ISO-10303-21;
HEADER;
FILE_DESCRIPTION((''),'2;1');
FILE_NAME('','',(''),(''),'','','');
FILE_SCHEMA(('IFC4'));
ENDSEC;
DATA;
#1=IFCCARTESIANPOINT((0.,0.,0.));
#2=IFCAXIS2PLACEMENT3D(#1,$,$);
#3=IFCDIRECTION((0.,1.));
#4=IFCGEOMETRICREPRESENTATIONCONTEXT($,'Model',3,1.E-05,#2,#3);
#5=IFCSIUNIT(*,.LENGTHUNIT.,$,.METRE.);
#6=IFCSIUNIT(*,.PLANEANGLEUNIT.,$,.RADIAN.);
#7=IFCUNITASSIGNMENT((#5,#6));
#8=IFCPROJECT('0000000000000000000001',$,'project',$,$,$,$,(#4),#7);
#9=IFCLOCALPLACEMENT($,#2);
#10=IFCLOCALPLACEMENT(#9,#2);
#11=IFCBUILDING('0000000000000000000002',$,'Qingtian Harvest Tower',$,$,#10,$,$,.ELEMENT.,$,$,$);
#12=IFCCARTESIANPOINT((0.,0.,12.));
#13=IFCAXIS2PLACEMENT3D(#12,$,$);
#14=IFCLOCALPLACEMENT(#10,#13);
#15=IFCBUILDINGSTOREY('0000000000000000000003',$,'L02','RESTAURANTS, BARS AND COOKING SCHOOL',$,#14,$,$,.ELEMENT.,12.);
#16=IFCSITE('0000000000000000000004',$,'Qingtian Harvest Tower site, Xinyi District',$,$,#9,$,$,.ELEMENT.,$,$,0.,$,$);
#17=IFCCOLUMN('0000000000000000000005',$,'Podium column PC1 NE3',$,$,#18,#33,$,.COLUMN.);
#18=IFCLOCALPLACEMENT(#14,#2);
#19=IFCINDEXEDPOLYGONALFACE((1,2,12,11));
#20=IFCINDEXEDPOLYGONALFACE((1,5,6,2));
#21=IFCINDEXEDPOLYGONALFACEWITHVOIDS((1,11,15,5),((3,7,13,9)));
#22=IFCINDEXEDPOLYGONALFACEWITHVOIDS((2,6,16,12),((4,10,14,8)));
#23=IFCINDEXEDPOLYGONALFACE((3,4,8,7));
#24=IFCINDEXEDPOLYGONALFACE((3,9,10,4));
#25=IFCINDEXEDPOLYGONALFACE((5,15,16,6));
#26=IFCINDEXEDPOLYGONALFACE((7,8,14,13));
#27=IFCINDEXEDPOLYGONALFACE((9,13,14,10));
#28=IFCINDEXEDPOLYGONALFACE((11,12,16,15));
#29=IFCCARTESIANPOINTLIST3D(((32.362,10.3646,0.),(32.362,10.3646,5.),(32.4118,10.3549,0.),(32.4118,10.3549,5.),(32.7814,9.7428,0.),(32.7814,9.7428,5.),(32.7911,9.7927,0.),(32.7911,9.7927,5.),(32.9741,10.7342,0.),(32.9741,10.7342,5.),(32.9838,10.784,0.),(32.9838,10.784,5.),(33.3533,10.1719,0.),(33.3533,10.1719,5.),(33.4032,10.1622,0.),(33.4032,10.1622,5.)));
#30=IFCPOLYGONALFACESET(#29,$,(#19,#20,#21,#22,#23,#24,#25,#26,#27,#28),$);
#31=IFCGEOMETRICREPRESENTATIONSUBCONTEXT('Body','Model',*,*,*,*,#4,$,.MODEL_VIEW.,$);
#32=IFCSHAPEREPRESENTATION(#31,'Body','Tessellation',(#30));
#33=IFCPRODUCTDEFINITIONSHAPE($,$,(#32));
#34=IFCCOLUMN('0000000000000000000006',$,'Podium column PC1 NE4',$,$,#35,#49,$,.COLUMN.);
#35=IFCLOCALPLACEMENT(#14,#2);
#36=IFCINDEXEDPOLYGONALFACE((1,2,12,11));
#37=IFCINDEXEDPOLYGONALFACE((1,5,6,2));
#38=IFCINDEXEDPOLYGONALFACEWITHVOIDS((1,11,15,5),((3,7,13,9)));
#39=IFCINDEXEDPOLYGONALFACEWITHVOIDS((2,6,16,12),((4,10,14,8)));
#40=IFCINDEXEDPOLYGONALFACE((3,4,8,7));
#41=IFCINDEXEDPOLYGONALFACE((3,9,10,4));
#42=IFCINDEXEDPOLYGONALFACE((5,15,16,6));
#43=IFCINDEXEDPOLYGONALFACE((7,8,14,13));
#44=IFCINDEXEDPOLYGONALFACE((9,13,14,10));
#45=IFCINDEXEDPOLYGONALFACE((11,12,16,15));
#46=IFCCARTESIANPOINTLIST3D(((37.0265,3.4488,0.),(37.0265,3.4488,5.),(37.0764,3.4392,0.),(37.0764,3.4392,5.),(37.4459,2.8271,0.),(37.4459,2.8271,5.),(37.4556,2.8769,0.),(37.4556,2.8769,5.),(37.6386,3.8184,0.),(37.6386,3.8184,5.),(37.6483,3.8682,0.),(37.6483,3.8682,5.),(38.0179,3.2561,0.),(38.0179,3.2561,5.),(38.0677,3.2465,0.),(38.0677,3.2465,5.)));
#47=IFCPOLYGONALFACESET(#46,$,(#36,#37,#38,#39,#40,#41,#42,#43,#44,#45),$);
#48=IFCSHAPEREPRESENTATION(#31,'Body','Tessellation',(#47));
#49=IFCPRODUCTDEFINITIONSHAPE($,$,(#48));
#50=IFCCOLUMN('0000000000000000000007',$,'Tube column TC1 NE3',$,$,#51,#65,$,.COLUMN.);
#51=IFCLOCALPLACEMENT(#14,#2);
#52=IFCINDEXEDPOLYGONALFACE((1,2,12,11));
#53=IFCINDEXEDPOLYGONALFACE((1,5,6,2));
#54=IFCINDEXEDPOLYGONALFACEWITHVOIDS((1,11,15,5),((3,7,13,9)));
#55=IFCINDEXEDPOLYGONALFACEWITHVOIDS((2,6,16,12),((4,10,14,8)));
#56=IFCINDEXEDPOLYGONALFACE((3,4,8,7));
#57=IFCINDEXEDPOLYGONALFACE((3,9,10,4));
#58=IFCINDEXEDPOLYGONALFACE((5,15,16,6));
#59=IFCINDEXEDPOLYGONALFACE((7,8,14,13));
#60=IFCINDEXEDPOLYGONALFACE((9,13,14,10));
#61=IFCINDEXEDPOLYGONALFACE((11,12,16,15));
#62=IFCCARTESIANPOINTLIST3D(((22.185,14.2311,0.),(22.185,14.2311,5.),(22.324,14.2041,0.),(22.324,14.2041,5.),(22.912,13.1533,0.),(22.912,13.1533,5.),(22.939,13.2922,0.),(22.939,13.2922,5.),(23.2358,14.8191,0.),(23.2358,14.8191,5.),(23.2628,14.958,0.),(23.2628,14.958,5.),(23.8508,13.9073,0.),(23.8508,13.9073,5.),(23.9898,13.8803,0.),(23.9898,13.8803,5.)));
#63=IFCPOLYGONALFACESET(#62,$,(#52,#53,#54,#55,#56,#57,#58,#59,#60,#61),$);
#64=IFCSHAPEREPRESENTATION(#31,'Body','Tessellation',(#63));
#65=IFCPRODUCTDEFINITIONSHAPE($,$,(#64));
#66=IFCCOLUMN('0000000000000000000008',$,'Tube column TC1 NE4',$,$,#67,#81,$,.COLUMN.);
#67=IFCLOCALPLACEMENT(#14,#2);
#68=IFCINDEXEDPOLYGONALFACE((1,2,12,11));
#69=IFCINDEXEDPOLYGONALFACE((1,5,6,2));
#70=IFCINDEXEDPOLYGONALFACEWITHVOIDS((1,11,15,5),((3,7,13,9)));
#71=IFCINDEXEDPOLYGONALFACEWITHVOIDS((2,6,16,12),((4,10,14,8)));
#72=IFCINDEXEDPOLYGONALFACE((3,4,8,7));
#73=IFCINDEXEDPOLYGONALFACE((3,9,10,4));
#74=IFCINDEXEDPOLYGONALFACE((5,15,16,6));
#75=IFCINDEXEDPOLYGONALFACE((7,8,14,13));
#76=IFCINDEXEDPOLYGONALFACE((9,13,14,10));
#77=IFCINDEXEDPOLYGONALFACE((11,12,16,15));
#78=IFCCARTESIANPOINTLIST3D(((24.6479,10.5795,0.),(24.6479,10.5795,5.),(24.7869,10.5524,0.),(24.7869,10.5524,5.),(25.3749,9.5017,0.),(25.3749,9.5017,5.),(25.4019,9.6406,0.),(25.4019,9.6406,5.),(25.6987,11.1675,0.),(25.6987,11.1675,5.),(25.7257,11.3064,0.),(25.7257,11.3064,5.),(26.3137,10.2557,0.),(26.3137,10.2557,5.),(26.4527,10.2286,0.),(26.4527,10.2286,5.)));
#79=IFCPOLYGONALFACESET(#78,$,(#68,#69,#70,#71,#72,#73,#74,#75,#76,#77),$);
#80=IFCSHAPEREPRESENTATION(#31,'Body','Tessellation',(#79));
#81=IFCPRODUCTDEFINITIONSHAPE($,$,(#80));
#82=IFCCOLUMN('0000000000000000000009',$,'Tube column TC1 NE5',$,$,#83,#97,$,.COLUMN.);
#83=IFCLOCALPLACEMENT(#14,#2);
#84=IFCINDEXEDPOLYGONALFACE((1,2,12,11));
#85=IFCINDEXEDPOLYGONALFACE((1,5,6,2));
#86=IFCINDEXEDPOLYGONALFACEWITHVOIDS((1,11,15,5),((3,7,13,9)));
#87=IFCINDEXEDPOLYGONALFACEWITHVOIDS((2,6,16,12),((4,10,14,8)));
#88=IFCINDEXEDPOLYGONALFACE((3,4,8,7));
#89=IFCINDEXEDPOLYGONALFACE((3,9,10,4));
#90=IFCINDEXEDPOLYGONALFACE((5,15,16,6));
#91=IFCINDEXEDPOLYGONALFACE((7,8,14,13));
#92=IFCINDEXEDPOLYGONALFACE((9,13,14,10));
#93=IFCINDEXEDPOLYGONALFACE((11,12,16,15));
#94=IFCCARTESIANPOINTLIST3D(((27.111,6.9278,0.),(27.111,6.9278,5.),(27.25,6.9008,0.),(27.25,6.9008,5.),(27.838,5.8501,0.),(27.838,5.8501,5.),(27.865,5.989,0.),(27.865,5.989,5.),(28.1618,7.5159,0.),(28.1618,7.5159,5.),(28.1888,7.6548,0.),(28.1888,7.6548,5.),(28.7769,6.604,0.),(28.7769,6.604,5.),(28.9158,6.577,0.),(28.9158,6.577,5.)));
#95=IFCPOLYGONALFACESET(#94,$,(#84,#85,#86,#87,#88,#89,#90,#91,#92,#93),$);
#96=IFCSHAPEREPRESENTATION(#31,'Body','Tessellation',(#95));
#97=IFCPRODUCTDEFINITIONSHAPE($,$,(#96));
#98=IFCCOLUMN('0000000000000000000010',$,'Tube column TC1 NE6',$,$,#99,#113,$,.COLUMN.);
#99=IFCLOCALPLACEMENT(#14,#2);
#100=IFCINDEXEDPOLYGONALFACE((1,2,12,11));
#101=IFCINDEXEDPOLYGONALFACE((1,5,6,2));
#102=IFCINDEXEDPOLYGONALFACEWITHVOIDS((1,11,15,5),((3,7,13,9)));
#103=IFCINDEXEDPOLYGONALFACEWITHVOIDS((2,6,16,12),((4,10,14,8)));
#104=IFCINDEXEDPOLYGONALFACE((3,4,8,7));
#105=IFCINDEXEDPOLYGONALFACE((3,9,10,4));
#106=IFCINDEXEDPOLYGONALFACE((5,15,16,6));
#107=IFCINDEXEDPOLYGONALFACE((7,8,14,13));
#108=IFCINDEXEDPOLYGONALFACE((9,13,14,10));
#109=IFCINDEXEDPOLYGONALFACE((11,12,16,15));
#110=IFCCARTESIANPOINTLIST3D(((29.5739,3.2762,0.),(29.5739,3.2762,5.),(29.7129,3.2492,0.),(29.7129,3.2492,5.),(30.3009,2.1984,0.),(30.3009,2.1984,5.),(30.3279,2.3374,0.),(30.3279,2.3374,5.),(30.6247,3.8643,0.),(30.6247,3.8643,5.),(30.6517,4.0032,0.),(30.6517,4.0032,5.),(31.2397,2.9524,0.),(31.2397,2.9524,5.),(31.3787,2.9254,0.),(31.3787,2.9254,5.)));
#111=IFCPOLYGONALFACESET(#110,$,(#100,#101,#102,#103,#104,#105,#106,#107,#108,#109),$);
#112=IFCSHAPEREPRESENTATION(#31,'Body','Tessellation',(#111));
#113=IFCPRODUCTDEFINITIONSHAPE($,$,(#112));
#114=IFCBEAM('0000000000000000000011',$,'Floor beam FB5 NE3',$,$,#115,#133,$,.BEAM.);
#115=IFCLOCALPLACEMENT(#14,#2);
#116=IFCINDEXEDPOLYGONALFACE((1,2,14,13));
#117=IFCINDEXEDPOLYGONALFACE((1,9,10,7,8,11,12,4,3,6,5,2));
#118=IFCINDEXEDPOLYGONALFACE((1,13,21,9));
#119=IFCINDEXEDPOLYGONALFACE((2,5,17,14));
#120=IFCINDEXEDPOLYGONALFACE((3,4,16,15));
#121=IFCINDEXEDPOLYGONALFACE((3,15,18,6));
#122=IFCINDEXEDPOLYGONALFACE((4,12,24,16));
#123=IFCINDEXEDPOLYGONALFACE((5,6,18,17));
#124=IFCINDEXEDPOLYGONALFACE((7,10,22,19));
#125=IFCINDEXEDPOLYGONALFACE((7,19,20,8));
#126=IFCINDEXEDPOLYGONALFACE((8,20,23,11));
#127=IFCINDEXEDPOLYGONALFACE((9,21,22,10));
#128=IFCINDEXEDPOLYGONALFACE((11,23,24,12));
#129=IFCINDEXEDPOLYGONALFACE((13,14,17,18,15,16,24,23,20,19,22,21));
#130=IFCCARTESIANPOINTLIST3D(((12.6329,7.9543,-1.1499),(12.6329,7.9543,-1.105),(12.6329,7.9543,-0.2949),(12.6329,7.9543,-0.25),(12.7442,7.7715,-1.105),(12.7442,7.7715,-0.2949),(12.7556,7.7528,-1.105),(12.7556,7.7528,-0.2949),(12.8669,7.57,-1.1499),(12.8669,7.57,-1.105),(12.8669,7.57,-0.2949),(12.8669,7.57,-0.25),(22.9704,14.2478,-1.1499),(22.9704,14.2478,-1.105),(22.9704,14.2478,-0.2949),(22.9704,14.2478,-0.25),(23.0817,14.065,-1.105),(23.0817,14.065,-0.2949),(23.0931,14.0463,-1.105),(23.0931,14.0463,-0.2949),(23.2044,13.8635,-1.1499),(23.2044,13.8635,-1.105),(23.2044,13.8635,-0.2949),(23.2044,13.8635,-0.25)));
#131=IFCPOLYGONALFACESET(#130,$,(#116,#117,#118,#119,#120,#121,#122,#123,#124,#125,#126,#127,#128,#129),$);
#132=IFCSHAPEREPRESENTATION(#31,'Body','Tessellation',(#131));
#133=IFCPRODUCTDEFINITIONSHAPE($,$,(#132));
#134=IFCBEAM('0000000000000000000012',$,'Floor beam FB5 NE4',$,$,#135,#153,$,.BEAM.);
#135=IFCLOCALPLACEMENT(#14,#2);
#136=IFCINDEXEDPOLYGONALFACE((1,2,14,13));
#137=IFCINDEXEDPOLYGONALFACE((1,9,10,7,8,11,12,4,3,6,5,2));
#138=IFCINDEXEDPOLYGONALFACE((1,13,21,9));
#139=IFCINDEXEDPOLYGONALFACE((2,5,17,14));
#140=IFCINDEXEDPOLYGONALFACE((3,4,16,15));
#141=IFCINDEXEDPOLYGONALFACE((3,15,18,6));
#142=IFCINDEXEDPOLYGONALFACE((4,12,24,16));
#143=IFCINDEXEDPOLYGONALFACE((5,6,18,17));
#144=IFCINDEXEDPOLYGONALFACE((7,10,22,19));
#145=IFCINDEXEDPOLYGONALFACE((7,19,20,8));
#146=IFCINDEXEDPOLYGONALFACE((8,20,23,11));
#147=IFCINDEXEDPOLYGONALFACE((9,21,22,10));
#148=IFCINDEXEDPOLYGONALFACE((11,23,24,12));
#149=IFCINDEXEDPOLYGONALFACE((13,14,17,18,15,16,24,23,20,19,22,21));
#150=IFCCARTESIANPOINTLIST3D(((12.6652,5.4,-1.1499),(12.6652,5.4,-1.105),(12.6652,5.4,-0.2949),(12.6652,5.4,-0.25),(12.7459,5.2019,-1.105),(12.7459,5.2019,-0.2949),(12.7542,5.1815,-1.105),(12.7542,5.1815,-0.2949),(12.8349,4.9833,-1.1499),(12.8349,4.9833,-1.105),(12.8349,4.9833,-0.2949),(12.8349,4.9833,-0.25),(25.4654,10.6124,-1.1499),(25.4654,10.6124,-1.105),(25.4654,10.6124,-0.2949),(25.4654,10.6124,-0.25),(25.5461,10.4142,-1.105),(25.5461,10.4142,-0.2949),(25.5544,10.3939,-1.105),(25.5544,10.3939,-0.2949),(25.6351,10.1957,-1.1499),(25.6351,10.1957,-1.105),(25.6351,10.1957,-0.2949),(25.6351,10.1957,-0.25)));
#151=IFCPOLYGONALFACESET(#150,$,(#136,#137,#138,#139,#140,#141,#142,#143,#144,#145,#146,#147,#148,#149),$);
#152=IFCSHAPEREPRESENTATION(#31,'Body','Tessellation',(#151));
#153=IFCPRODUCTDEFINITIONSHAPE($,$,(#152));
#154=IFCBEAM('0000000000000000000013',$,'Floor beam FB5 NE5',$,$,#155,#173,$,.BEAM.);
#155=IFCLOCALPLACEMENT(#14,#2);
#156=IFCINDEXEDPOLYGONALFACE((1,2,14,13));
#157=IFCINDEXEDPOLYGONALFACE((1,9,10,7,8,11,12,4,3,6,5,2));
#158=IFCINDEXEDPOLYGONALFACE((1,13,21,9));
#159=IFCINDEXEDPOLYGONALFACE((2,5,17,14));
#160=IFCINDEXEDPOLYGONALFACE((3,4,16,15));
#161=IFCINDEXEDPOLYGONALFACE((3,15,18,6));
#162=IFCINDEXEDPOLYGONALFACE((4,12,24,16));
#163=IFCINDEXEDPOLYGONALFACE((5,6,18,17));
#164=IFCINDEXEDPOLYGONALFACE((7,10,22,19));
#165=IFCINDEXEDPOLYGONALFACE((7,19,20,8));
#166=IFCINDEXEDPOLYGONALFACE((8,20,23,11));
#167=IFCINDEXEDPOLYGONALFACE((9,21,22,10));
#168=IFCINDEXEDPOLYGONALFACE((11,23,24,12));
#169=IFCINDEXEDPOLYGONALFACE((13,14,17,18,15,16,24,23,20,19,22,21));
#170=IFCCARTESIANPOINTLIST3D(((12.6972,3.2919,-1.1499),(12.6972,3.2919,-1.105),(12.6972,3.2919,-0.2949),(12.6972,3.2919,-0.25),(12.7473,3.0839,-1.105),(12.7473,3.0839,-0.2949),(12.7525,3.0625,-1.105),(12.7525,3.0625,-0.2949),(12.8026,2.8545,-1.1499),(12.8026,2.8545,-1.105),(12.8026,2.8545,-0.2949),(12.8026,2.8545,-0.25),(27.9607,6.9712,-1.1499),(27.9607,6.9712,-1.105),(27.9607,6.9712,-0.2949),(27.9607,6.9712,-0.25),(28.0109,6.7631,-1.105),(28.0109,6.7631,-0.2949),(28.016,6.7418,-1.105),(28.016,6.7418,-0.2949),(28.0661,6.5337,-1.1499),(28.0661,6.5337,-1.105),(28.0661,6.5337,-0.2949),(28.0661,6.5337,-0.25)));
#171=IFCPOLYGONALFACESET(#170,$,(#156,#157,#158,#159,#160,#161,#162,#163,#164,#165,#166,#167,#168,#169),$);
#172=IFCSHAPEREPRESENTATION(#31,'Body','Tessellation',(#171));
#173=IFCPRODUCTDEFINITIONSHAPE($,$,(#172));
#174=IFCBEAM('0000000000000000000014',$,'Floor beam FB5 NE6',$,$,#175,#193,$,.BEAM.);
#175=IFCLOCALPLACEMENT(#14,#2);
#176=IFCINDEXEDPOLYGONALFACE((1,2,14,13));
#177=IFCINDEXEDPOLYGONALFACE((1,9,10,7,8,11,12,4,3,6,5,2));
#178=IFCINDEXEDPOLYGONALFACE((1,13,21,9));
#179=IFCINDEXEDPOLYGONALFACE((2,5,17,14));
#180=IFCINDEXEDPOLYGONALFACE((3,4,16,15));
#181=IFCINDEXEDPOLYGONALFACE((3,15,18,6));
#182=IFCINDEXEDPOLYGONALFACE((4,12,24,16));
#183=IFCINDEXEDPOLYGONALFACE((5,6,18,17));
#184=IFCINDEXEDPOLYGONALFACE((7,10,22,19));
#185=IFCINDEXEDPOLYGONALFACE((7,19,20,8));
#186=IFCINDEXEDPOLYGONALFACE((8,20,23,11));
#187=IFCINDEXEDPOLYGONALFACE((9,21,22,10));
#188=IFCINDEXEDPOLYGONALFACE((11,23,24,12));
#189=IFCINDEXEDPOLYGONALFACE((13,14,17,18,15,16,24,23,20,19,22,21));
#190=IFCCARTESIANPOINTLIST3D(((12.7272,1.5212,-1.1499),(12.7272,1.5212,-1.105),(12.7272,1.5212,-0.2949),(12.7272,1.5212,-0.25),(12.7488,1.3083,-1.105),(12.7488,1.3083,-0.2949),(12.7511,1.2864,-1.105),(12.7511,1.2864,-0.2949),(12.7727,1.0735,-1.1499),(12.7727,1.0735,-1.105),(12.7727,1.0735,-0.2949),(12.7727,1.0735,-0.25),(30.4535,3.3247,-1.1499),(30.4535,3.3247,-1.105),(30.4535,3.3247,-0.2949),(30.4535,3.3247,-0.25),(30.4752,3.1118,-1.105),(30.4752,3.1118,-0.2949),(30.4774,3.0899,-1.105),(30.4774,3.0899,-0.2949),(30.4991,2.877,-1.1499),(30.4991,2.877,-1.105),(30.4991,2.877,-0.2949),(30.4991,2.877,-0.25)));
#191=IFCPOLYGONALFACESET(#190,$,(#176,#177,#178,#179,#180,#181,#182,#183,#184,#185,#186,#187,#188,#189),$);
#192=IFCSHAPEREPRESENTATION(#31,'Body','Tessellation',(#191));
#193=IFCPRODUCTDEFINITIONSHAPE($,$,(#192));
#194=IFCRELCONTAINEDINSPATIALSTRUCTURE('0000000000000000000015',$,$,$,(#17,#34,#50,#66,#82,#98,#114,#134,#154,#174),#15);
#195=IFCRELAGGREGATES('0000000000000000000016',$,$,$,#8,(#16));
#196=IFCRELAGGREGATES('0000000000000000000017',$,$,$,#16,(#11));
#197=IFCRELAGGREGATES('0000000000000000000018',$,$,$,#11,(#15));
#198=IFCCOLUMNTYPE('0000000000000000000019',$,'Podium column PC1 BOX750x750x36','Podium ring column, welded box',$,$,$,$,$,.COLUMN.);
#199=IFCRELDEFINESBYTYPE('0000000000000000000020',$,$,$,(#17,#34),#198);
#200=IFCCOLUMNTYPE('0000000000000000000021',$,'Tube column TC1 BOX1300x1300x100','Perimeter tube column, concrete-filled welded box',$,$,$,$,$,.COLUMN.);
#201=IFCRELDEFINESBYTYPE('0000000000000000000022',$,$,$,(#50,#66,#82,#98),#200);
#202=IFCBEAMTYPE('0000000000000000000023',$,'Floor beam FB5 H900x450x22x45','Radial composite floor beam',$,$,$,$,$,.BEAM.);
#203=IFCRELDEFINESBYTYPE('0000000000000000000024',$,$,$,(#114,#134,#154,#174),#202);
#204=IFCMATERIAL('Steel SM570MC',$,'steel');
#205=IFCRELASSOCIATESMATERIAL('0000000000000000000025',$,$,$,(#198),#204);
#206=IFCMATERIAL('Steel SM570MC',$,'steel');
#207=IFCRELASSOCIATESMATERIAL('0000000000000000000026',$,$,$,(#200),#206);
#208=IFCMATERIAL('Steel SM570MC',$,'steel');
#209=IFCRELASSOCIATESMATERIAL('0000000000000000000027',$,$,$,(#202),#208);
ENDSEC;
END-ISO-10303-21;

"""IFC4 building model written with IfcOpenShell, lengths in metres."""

from ifc_helpers import new_model, si_unit, direction, frame, origin, origin_2d, place, context, subcontext, project, spatial, hollow_rectangle, i_section, extrude, material, material_profile, profile_set, type_object, element, save


model = new_model("IFC4")

# Units and contexts
model_context = context("Model", 3, precision=1e-05, world=origin(), true_north=direction((0.0, 1.0)))
body_context = subcontext(model_context, "Body", "Model", "MODEL_VIEW")
ifc_project = project(units=[si_unit("LENGTHUNIT", "METRE"), si_unit("PLANEANGLEUNIT", "RADIAN")], contexts=[model_context])

# Site, building, storey
site_placement = place(None, origin())
site = spatial("IfcSite", under=ifc_project, at=site_placement, Name="Qingtian Harvest Tower site, Xinyi District", CompositionType="ELEMENT", RefElevation=0.0)
building_placement = place(site_placement, origin())
building = spatial("IfcBuilding", under=site, at=building_placement, Name="Qingtian Harvest Tower", CompositionType="ELEMENT")
storey_placement = place(building_placement, frame((0.0, 0.0, 12.0)))
storey = spatial("IfcBuildingStorey", under=building, at=storey_placement, Name="L02", Description="RESTAURANTS, BARS AND COOKING SCHOOL", CompositionType="ELEMENT", Elevation=12.0)

# Columns
ifc_material_1 = material(Name="Steel SM570MC", Category="steel")
ifc_material_profile_1 = material_profile(ifc_material_1, hollow_rectangle(XDim=0.75, YDim=0.75, WallThickness=0.0359, at=origin_2d()), Name="BOX750x750x36")
ifc_profile_set_1 = profile_set([ifc_material_profile_1], Name="Steel SM570MC")
column_type_1 = type_object("IfcColumnType", Name="Podium column PC1 BOX750x750x36", Description="Podium ring column, welded box", PredefinedType="COLUMN", material=ifc_profile_set_1)
for number, where, z_axis, x_axis, name in (
    (1, (32.8826, 10.2634, 0.0), (0.0, 0.0, 1.0), (-0.559193, 0.829038, 0.0), "Podium column PC1 NE3"),
    (2, (37.5471, 3.3477, 0.0), (0.0, 0.0, 1.0), (-0.559193, 0.829038, 0.0), "Podium column PC1 NE4"),
):
    element("IfcColumn", number, at=place(storey_placement, frame(where, z_axis=z_axis, x_axis=x_axis)), inside=storey, type_object=column_type_1, Name=name, PredefinedType="COLUMN", context=body_context, shape_type="SweptSolid", body=[
        extrude(hollow_rectangle(XDim=0.75, YDim=0.75, WallThickness=0.0359, at=origin_2d()), origin(), (0.0, 0.0, 1.0), 5.0),
    ])
ifc_material_2 = material(Name="Steel SM570MC", Category="steel")
ifc_material_profile_2 = material_profile(ifc_material_2, hollow_rectangle(XDim=1.3, YDim=1.3, WallThickness=0.1001, at=origin_2d()), Name="BOX1300x1300x100")
ifc_profile_set_2 = profile_set([ifc_material_profile_2], Name="Steel SM570MC")
column_type_2 = type_object("IfcColumnType", Name="Tube column TC1 BOX1300x1300x100", Description="Perimeter tube column, concrete-filled welded box", PredefinedType="COLUMN", material=ifc_profile_set_2)
for number, where, z_axis, x_axis, name in (
    (3, (23.0874, 14.0557, 0.0), (0.0, 0.0, 1.0), (-0.559193, 0.829038, 0.0), "Tube column TC1 NE3"),
    (4, (25.5503, 10.4041, 0.0), (0.0, 0.0, 1.0), (-0.559193, 0.829038, 0.0), "Tube column TC1 NE4"),
    (5, (28.0134, 6.7524, 0.0), (0.0, 0.0, 1.0), (-0.559193, 0.829038, 0.0), "Tube column TC1 NE5"),
    (6, (30.4763, 3.1008, 0.0), (0.0, 0.0, 1.0), (-0.559193, 0.829038, 0.0), "Tube column TC1 NE6"),
):
    element("IfcColumn", number, at=place(storey_placement, frame(where, z_axis=z_axis, x_axis=x_axis)), inside=storey, type_object=column_type_2, Name=name, PredefinedType="COLUMN", context=body_context, shape_type="SweptSolid", body=[
        extrude(hollow_rectangle(XDim=1.3, YDim=1.3, WallThickness=0.1001, at=origin_2d()), origin(), (0.0, 0.0, 1.0), 5.0),
    ])

# Beams
ifc_material_3 = material(Name="Steel SM570MC", Category="steel")
ifc_material_profile_3 = material_profile(ifc_material_3, i_section(OverallWidth=0.45, OverallDepth=0.8999, WebThickness=0.022, FlangeThickness=0.0449, at=origin_2d()), Name="H900x450x22x45")
ifc_profile_set_3 = profile_set([ifc_material_profile_3], Name="Steel SM570MC")
beam_type_1 = type_object("IfcBeamType", Name="Floor beam FB5 H900x450x22x45", Description="Radial composite floor beam", PredefinedType="BEAM", material=ifc_profile_set_3)
beam_1_placement = place(storey_placement, frame((23.0874, 14.0557, -0.7), z_axis=(-0.854157, -0.520015, 0.0), x_axis=(0.520015, -0.854157, 0.0)))
element("IfcBeam", 7, at=beam_1_placement, inside=storey, type_object=beam_type_1, Name="Floor beam FB5 NE3", PredefinedType="BEAM", context=body_context, shape_type="SweptSolid", body=[
    extrude(i_section(OverallWidth=0.45, OverallDepth=0.8999, WebThickness=0.022, FlangeThickness=0.0449, at=origin_2d()), origin(), (0.0, 0.0, 1.0), 12.1025),
])
beam_2_placement = place(storey_placement, frame((25.5503, 10.4041, -0.7), z_axis=(-0.926156, -0.37714, 0.0), x_axis=(0.37714, -0.926156, 0.0)))
element("IfcBeam", 8, at=beam_2_placement, inside=storey, type_object=beam_type_1, Name="Floor beam FB5 NE4", PredefinedType="BEAM", context=body_context, shape_type="SweptSolid", body=[
    extrude(i_section(OverallWidth=0.45, OverallDepth=0.8999, WebThickness=0.022, FlangeThickness=0.0449, at=origin_2d()), origin(), (0.0, 0.0, 1.0), 13.8208),
])
beam_3_placement = place(storey_placement, frame((28.0134, 6.7524, -0.7), z_axis=(-0.972156, -0.234335, 0.0), x_axis=(0.234335, -0.972156, 0.0)))
element("IfcBeam", 9, at=beam_3_placement, inside=storey, type_object=beam_type_1, Name="Floor beam FB5 NE5", PredefinedType="BEAM", context=body_context, shape_type="SweptSolid", body=[
    extrude(i_section(OverallWidth=0.45, OverallDepth=0.8999, WebThickness=0.022, FlangeThickness=0.0449, at=origin_2d()), origin(), (0.0, 0.0, 1.0), 15.7007),
])
beam_4_placement = place(storey_placement, frame((30.4763, 3.1008, -0.7), z_axis=(-0.994864, -0.101217, 0.0), x_axis=(0.101217, -0.994864, 0.0)))
element("IfcBeam", 10, at=beam_4_placement, inside=storey, type_object=beam_type_1, Name="Floor beam FB5 NE6", PredefinedType="BEAM", context=body_context, shape_type="SweptSolid", body=[
    extrude(i_section(OverallWidth=0.45, OverallDepth=0.8999, WebThickness=0.022, FlangeThickness=0.0449, at=origin_2d()), origin(), (0.0, 0.0, 1.0), 17.8179),
])

save(model, "model.ifc")
